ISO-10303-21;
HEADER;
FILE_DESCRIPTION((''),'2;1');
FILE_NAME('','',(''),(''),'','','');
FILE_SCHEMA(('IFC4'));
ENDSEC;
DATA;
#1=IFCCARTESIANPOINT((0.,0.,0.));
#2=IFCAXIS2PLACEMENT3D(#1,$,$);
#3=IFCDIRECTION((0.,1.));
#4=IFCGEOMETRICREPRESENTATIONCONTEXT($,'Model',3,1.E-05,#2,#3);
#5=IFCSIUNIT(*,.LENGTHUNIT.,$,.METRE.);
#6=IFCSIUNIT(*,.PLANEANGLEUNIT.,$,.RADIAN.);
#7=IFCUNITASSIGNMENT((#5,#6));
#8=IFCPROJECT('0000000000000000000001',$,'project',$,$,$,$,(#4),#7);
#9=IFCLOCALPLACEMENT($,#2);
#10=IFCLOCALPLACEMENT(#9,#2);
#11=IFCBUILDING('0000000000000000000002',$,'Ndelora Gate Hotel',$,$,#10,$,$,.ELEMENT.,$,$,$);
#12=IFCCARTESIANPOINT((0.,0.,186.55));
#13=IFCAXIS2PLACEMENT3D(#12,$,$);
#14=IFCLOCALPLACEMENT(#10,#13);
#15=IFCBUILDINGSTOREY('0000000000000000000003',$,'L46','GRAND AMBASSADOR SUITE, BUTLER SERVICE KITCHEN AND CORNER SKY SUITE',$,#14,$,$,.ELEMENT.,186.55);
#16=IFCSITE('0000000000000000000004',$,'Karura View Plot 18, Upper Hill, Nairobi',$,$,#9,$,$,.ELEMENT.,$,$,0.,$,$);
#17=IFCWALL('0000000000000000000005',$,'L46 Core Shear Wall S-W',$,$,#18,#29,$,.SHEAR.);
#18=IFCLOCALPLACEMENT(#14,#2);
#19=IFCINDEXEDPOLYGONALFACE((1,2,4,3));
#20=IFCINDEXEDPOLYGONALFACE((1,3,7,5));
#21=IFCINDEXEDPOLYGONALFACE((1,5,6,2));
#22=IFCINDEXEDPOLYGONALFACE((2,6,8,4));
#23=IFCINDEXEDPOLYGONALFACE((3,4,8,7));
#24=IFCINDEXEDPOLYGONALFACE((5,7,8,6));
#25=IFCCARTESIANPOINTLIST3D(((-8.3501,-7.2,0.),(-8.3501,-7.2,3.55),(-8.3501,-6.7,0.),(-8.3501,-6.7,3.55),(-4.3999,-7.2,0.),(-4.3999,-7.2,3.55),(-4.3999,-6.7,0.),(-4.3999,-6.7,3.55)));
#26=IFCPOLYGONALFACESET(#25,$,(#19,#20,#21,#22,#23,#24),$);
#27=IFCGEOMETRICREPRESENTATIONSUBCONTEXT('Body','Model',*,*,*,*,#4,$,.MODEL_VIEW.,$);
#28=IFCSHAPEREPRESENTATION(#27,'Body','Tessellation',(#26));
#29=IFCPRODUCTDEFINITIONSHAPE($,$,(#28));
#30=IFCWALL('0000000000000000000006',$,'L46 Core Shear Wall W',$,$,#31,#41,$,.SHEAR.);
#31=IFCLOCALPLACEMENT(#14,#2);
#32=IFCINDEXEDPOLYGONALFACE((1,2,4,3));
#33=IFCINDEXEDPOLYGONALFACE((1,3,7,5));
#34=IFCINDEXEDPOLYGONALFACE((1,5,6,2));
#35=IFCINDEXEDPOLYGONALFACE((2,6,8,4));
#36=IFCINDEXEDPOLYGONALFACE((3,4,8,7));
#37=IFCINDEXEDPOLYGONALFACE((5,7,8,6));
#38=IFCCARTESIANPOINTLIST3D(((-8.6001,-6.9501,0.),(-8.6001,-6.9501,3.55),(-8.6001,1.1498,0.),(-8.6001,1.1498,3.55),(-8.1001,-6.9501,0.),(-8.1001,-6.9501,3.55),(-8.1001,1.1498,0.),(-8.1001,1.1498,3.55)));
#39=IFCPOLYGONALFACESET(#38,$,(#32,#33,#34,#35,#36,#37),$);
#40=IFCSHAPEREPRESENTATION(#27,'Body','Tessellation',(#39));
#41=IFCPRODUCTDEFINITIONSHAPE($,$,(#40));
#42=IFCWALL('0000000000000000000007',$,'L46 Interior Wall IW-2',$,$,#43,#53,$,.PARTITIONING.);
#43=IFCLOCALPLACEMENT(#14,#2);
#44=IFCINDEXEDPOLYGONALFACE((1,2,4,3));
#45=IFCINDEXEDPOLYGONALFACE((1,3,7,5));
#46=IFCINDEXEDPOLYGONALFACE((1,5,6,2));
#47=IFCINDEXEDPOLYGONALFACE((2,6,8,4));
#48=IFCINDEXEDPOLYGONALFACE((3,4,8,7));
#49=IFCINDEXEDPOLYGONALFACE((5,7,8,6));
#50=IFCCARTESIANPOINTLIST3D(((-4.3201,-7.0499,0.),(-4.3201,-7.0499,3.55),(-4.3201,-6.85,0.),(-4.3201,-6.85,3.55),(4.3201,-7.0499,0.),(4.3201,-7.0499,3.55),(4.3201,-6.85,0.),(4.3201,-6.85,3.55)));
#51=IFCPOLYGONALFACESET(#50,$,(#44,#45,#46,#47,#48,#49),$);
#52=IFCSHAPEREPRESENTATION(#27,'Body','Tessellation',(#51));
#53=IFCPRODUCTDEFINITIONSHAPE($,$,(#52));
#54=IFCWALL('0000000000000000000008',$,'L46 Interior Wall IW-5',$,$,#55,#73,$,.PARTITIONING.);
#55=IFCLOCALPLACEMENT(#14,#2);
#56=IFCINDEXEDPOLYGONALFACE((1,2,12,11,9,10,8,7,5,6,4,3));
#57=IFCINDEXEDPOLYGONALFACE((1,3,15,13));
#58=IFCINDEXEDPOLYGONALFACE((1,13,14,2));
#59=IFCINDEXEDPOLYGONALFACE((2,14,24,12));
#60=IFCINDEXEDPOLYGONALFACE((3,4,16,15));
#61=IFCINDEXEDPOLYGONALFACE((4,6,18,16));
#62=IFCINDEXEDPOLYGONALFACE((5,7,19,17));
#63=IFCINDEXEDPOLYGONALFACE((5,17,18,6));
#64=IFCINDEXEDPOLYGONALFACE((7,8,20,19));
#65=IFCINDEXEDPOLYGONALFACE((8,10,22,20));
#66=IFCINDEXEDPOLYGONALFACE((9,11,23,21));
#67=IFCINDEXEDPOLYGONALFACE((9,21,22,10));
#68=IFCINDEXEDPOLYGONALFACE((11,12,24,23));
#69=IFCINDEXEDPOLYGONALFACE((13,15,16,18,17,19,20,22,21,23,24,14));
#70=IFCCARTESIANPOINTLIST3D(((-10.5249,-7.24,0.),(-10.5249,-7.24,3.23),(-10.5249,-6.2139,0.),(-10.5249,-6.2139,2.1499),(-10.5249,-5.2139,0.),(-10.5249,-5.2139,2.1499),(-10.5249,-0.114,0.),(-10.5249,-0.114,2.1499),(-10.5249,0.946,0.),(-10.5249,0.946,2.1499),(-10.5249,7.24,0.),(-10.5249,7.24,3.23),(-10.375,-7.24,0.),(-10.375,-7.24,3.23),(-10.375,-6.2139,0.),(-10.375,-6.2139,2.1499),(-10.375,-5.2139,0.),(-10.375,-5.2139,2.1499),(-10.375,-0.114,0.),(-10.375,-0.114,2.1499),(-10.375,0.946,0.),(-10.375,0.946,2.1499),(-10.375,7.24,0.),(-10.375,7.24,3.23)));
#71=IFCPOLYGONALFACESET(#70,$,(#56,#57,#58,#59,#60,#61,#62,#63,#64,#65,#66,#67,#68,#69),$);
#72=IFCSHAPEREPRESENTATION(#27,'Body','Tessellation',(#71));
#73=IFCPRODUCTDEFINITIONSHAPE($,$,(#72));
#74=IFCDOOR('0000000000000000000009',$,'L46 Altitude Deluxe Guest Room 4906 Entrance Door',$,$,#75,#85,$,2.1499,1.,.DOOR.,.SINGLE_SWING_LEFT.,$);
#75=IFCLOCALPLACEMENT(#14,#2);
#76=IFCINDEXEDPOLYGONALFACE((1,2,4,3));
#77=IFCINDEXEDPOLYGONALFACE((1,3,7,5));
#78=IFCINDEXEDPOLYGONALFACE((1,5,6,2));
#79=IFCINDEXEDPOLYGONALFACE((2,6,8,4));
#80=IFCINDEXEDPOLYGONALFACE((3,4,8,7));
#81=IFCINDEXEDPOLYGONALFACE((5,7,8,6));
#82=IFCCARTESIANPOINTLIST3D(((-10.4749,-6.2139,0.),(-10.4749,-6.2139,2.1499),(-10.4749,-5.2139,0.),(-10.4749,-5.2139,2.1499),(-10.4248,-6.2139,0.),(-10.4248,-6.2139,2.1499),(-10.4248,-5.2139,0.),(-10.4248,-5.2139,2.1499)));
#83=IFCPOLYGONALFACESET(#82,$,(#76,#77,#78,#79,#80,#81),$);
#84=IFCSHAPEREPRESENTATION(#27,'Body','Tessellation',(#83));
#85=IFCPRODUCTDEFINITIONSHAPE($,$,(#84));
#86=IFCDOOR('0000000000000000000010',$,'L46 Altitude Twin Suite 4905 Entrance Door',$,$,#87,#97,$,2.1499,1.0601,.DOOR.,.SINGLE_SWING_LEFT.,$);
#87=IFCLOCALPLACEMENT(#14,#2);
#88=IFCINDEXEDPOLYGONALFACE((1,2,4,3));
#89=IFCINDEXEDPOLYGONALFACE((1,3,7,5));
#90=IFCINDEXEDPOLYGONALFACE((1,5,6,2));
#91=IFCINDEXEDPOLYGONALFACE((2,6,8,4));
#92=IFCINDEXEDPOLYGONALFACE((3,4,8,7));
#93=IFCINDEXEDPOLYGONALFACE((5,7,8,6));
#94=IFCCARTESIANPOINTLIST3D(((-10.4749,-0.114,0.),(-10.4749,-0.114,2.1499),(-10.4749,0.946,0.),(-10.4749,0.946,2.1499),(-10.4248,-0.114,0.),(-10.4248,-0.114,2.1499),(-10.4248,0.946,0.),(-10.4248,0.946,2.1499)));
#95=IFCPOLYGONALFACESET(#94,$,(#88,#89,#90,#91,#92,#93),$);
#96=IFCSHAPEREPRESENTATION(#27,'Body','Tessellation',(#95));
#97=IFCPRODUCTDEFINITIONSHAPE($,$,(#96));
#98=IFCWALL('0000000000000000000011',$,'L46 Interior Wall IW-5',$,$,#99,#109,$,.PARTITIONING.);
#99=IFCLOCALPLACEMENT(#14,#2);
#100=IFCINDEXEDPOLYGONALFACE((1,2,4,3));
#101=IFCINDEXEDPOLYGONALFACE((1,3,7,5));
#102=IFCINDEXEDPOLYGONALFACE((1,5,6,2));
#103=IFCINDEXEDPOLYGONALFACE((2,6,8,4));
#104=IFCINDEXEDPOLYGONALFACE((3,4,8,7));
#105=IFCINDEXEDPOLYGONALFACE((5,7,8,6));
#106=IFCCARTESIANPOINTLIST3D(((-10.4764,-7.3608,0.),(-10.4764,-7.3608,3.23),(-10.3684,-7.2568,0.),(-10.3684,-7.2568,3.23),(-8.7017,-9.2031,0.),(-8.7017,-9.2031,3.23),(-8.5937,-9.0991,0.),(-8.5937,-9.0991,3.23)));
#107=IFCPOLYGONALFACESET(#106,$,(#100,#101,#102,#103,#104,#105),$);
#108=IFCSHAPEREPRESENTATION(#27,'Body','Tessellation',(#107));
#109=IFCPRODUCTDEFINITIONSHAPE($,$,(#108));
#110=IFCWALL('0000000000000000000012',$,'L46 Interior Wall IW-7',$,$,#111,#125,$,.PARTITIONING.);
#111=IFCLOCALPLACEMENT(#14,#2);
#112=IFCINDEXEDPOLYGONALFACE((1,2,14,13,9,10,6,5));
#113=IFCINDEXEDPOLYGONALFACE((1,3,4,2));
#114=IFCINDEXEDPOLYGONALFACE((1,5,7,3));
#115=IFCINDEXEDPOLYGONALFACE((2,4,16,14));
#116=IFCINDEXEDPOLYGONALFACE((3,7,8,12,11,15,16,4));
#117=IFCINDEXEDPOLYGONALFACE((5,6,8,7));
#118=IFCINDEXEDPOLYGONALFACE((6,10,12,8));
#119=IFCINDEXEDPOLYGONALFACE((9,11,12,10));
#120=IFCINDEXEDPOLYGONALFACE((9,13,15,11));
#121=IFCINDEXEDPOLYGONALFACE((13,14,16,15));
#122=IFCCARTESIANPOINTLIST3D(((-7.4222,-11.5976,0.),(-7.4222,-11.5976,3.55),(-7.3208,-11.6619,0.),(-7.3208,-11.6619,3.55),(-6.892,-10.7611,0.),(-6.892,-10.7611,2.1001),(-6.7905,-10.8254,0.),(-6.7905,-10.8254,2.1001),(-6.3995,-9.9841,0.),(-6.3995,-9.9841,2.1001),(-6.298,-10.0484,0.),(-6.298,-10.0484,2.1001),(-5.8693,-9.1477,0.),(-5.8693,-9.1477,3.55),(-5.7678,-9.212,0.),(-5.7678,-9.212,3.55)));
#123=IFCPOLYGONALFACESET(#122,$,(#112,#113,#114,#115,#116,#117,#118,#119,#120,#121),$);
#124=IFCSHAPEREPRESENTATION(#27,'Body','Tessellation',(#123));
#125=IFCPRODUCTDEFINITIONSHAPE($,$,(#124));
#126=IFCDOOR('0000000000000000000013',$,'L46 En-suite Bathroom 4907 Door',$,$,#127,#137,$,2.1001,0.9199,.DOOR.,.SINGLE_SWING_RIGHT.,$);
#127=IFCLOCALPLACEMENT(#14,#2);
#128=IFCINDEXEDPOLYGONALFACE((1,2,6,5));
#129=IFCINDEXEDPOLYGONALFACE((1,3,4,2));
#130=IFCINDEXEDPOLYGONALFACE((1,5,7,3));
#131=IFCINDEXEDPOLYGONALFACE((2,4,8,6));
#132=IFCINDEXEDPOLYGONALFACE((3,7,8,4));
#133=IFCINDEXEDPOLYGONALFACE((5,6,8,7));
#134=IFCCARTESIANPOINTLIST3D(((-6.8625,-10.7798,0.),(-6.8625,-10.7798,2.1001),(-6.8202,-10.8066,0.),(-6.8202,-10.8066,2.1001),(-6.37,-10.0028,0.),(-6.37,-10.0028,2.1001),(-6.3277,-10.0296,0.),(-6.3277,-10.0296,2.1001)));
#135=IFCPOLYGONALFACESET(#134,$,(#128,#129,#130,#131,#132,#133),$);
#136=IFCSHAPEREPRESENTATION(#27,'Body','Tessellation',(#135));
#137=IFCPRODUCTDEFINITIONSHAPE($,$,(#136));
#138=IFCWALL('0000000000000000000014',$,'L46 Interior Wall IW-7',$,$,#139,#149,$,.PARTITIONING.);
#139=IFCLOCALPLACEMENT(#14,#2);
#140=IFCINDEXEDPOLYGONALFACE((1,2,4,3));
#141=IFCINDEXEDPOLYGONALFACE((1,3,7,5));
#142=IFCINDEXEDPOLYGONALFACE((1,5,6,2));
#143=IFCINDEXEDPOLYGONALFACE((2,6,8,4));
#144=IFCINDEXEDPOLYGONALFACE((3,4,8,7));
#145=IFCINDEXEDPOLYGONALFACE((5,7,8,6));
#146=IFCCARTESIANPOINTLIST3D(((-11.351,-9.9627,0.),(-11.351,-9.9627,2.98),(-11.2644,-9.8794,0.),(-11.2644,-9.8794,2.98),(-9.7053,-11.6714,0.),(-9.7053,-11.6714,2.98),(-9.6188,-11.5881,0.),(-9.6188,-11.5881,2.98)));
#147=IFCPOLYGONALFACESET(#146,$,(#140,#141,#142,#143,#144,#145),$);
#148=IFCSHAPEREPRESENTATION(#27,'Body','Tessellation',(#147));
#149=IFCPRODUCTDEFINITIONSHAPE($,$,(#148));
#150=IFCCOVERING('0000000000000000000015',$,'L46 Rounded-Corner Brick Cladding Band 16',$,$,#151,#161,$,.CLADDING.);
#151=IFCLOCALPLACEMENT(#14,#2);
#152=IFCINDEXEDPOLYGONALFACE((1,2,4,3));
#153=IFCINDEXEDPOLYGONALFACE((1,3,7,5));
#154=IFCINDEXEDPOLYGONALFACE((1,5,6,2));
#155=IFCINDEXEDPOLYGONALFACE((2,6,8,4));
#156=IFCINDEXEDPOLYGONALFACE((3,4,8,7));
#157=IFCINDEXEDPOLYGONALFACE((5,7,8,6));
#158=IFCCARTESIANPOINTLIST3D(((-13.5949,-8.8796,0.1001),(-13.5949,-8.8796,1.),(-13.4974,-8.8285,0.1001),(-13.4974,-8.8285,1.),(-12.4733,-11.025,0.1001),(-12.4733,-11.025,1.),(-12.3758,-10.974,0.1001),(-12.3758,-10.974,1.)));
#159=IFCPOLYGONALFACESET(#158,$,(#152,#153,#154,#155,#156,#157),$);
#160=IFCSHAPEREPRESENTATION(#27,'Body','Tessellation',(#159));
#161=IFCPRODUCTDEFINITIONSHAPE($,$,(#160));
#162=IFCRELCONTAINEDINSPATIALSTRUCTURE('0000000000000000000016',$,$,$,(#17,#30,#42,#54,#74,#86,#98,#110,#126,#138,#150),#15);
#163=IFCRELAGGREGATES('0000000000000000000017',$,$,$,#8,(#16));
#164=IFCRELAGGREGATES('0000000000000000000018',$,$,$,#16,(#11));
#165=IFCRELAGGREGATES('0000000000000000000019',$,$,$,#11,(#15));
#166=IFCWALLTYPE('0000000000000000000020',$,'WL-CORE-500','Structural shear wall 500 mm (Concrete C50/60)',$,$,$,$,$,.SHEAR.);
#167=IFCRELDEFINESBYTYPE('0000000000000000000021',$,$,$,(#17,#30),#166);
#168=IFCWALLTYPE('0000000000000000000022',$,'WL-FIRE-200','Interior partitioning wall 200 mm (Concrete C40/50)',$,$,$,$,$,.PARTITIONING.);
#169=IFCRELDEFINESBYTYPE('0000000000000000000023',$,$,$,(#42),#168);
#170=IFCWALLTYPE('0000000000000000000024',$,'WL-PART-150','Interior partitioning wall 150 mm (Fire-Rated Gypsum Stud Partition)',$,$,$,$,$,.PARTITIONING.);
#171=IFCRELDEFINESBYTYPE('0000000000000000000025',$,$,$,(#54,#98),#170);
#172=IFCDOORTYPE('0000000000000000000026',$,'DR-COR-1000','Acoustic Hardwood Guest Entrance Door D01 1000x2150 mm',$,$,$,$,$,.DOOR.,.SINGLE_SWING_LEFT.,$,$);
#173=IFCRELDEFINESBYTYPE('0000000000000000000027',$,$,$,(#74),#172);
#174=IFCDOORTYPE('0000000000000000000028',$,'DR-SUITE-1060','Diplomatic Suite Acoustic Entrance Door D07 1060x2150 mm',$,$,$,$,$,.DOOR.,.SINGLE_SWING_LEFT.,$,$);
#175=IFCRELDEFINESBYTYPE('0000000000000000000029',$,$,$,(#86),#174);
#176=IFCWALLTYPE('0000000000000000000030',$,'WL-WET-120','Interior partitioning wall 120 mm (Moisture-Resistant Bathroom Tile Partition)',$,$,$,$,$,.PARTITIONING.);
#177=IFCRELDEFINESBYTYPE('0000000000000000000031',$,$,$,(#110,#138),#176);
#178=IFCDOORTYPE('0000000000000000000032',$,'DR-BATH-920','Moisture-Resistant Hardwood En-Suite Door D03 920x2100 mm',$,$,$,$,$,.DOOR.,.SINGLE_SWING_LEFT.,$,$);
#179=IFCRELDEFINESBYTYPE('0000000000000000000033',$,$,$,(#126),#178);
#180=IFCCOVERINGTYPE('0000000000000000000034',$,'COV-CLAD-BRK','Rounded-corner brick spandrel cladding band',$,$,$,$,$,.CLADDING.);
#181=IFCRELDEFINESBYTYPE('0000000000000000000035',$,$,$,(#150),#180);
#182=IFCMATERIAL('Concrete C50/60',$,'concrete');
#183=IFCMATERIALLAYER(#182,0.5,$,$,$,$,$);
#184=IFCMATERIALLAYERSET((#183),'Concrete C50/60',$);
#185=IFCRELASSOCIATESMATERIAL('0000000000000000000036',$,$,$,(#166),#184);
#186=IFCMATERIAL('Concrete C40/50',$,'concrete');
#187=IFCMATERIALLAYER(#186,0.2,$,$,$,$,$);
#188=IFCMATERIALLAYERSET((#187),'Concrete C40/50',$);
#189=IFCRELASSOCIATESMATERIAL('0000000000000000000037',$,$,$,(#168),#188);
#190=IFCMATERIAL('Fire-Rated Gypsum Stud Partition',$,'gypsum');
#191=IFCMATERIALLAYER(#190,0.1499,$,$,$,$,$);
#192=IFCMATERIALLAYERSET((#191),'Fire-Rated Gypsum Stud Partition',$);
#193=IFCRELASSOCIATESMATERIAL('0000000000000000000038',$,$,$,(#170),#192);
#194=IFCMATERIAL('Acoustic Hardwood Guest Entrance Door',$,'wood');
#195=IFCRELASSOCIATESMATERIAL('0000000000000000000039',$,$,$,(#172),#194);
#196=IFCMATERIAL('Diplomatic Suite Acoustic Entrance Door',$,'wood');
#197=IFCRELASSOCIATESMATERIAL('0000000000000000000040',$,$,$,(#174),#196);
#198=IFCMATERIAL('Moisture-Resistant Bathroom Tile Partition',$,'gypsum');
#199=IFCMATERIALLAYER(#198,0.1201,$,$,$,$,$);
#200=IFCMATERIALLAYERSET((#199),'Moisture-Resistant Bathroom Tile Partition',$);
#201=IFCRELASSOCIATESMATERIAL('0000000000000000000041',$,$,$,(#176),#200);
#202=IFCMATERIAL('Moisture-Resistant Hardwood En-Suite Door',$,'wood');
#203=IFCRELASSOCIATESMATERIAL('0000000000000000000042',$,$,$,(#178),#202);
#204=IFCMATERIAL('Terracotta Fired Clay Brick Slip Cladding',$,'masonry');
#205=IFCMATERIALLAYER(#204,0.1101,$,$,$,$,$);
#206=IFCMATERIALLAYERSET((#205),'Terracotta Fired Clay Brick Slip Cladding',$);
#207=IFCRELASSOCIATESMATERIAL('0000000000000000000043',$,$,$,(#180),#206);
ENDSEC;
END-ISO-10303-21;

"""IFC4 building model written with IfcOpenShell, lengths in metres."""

from ifc_helpers import new_model, si_unit, direction, frame, frame_2d, origin, origin_2d, place, context, subcontext, project, spatial, rectangle, extrude, material, layer, layer_set, type_object, element, fill, save


model = new_model("IFC4")

# Units and contexts
model_context = context("Model", 3, precision=1e-05, world=origin(), true_north=direction((0.0, 1.0)))
body_context = subcontext(model_context, "Body", "Model", "MODEL_VIEW")
ifc_project = project(units=[si_unit("LENGTHUNIT", "METRE"), si_unit("PLANEANGLEUNIT", "RADIAN")], contexts=[model_context])

# Site, building, storey
site_placement = place(None, origin())
site = spatial("IfcSite", under=ifc_project, at=site_placement, Name="Karura View Plot 18, Upper Hill, Nairobi", CompositionType="ELEMENT", RefElevation=0.0)
building_placement = place(site_placement, origin())
building = spatial("IfcBuilding", under=site, at=building_placement, Name="Ndelora Gate Hotel", CompositionType="ELEMENT")
storey_placement = place(building_placement, frame((0.0, 0.0, 186.55)))
storey = spatial("IfcBuildingStorey", under=building, at=storey_placement, Name="L46", Description="GRAND AMBASSADOR SUITE, BUTLER SERVICE KITCHEN AND CORNER SKY SUITE", CompositionType="ELEMENT", Elevation=186.55)

# Shared definitions
ifc_material_1 = material(Name="Concrete C50/60", Category="concrete")

# Walls
ifc_layer_1 = layer(ifc_material_1, 0.5)
ifc_layer_set_1 = layer_set([ifc_layer_1], Name="Concrete C50/60")
wall_type_1 = type_object("IfcWallType", Name="WL-CORE-500", Description="Structural shear wall 500 mm (Concrete C50/60)", PredefinedType="SHEAR", material=ifc_layer_set_1)
wall_1_placement = place(storey_placement, frame((-8.3501, -6.95, 0.0), z_axis=(0.0, 0.0, 1.0), x_axis=(1.0, 0.0, 0.0)))
element("IfcWall", 1, at=wall_1_placement, inside=storey, type_object=wall_type_1, Name="L46 Core Shear Wall S-W", PredefinedType="SHEAR", context=body_context, shape_type="SweptSolid", body=[
    extrude(rectangle(XDim=3.9502, YDim=0.5, at=frame_2d((1.9751, 0.0))), origin(), (0.0, 0.0, 1.0), 3.55),
])
wall_2_placement = place(storey_placement, frame((-8.3501, -6.95, 0.0), z_axis=(0.0, 0.0, 1.0), x_axis=(0.0, 1.0, 0.0)))
element("IfcWall", 2, at=wall_2_placement, inside=storey, type_object=wall_type_1, Name="L46 Core Shear Wall W", PredefinedType="SHEAR", context=body_context, shape_type="SweptSolid", body=[
    extrude(rectangle(XDim=8.0999, YDim=0.5, at=frame_2d((4.0498, 0.0))), origin(), (0.0, 0.0, 1.0), 3.55),
])
ifc_material_2 = material(Name="Concrete C40/50", Category="concrete")
ifc_layer_2 = layer(ifc_material_2, 0.2)
ifc_layer_set_2 = layer_set([ifc_layer_2], Name="Concrete C40/50")
wall_type_2 = type_object("IfcWallType", Name="WL-FIRE-200", Description="Interior partitioning wall 200 mm (Concrete C40/50)", PredefinedType="PARTITIONING", material=ifc_layer_set_2)
wall_3_placement = place(storey_placement, frame((-4.3201, -6.95, 0.0), z_axis=(0.0, 0.0, 1.0), x_axis=(1.0, 0.0, 0.0)))
element("IfcWall", 3, at=wall_3_placement, inside=storey, type_object=wall_type_2, Name="L46 Interior Wall IW-2", PredefinedType="PARTITIONING", context=body_context, shape_type="SweptSolid", body=[
    extrude(rectangle(XDim=8.6401, YDim=0.2, at=frame_2d((4.3201, 0.0))), origin(), (0.0, 0.0, 1.0), 3.55),
])

# Wall, openings, doors
ifc_material_3 = material(Name="Fire-Rated Gypsum Stud Partition", Category="gypsum")
ifc_layer_3 = layer(ifc_material_3, 0.1499)
ifc_layer_set_3 = layer_set([ifc_layer_3], Name="Fire-Rated Gypsum Stud Partition")
wall_type_3 = type_object("IfcWallType", Name="WL-PART-150", Description="Interior partitioning wall 150 mm (Fire-Rated Gypsum Stud Partition)", PredefinedType="PARTITIONING", material=ifc_layer_set_3)
wall_4_placement = place(storey_placement, frame((-10.45, -7.24, 0.0), z_axis=(0.0, 0.0, 1.0), x_axis=(0.0, 1.0, 0.0)))
wall_4 = element("IfcWall", 4, at=wall_4_placement, inside=storey, type_object=wall_type_3, Name="L46 Interior Wall IW-5", PredefinedType="PARTITIONING", context=body_context, shape_type="SweptSolid", body=[
    extrude(rectangle(XDim=14.48, YDim=0.1499, at=frame_2d((7.24, 0.0))), origin(), (0.0, 0.0, 1.0), 3.23),
])
opening_1_placement = place(wall_4_placement, frame((1.0261, 0.0, 0.0)))
opening_1 = element("IfcOpeningElement", 5, at=opening_1_placement, cuts=wall_4, PredefinedType="OPENING", context=body_context, shape_type="SweptSolid", body=[
    extrude(rectangle(XDim=1.0, YDim=2.1499, at=frame_2d((0.5, 1.075))), frame((0.0, 0.085, 0.0), z_axis=(0.0, -1.0, 0.0), x_axis=(1.0, 0.0, 0.0)), (0.0, 0.0, 1.0), 0.1699),
])
opening_2_placement = place(wall_4_placement, frame((7.126, 0.0, 0.0)))
opening_2 = element("IfcOpeningElement", 6, at=opening_2_placement, cuts=wall_4, PredefinedType="OPENING", context=body_context, shape_type="SweptSolid", body=[
    extrude(rectangle(XDim=1.0601, YDim=2.1499, at=frame_2d((0.53, 1.075))), frame((0.0, 0.085, 0.0), z_axis=(0.0, -1.0, 0.0), x_axis=(1.0, 0.0, 0.0)), (0.0, 0.0, 1.0), 0.1699),
])
ifc_material_4 = material(Name="Acoustic Hardwood Guest Entrance Door", Category="wood")
door_type_1 = type_object("IfcDoorType", Name="DR-COR-1000", Description="Acoustic Hardwood Guest Entrance Door D01 1000x2150 mm", OperationType="SINGLE_SWING_LEFT", PredefinedType="DOOR", material=ifc_material_4)
door_1_placement = place(opening_1_placement, origin())
door_1 = element("IfcDoor", 7, at=door_1_placement, inside=storey, type_object=door_type_1, Name="L46 Altitude Deluxe Guest Room 4906 Entrance Door", OperationType="SINGLE_SWING_LEFT", OverallHeight=2.1499, OverallWidth=1.0, PredefinedType="DOOR", context=body_context, shape_type="SweptSolid", body=[
    extrude(rectangle(XDim=1.0, YDim=2.1499, at=frame_2d((0.5, 1.075))), frame((0.0, 0.0249, 0.0), z_axis=(0.0, -1.0, 0.0), x_axis=(1.0, 0.0, 0.0)), (0.0, 0.0, 1.0), 0.05),
])
fill(opening_1, door_1)
ifc_material_5 = material(Name="Diplomatic Suite Acoustic Entrance Door", Category="wood")
door_type_2 = type_object("IfcDoorType", Name="DR-SUITE-1060", Description="Diplomatic Suite Acoustic Entrance Door D07 1060x2150 mm", OperationType="SINGLE_SWING_LEFT", PredefinedType="DOOR", material=ifc_material_5)
door_2_placement = place(opening_2_placement, origin())
door_2 = element("IfcDoor", 8, at=door_2_placement, inside=storey, type_object=door_type_2, Name="L46 Altitude Twin Suite 4905 Entrance Door", OperationType="SINGLE_SWING_LEFT", OverallHeight=2.1499, OverallWidth=1.0601, PredefinedType="DOOR", context=body_context, shape_type="SweptSolid", body=[
    extrude(rectangle(XDim=1.0601, YDim=2.1499, at=frame_2d((0.53, 1.075))), frame((0.0, 0.0249, 0.0), z_axis=(0.0, -1.0, 0.0), x_axis=(1.0, 0.0, 0.0)), (0.0, 0.0, 1.0), 0.05),
])
fill(opening_2, door_2)

# Wall
wall_5_placement = place(storey_placement, frame((-8.6477, -9.1511, 0.0), z_axis=(0.0, 0.0, 1.0), x_axis=(-0.693765, 0.720202, 0.0)))
element("IfcWall", 9, at=wall_5_placement, inside=storey, type_object=wall_type_3, Name="L46 Interior Wall IW-5", PredefinedType="PARTITIONING", context=body_context, shape_type="SweptSolid", body=[
    extrude(rectangle(XDim=2.5581, YDim=0.1499, at=frame_2d((1.2791, 0.0))), origin(), (0.0, 0.0, 1.0), 3.23),
])

# Wall, opening, door
ifc_material_6 = material(Name="Moisture-Resistant Bathroom Tile Partition", Category="gypsum")
ifc_layer_4 = layer(ifc_material_6, 0.1201)
ifc_layer_set_4 = layer_set([ifc_layer_4], Name="Moisture-Resistant Bathroom Tile Partition")
wall_type_4 = type_object("IfcWallType", Name="WL-WET-120", Description="Interior partitioning wall 120 mm (Moisture-Resistant Bathroom Tile Partition)", PredefinedType="PARTITIONING", material=ifc_layer_set_4)
wall_6_placement = place(storey_placement, frame((-5.8186, -9.1799, 0.0), z_axis=(0.0, 0.0, 1.0), x_axis=(-0.535382, -0.84461, 0.0)))
wall_6 = element("IfcWall", 10, at=wall_6_placement, inside=storey, type_object=wall_type_4, Name="L46 Interior Wall IW-7", PredefinedType="PARTITIONING", context=body_context, shape_type="SweptSolid", body=[
    extrude(rectangle(XDim=2.9006, YDim=0.1201, at=frame_2d((1.4502, 0.0))), origin(), (0.0, 0.0, 1.0), 3.55),
])
opening_3_placement = place(wall_6_placement, frame((0.9902, 0.0, 0.0)))
opening_3 = element("IfcOpeningElement", 11, at=opening_3_placement, cuts=wall_6, PredefinedType="OPENING", context=body_context, shape_type="SweptSolid", body=[
    extrude(rectangle(XDim=0.9199, YDim=2.1001, at=frame_2d((0.46, 1.05))), frame((0.0, 0.0701, 0.0), z_axis=(0.0, -1.0, 0.0), x_axis=(1.0, 0.0, 0.0)), (0.0, 0.0, 1.0), 0.1401),
])
ifc_material_7 = material(Name="Moisture-Resistant Hardwood En-Suite Door", Category="wood")
door_type_3 = type_object("IfcDoorType", Name="DR-BATH-920", Description="Moisture-Resistant Hardwood En-Suite Door D03 920x2100 mm", OperationType="SINGLE_SWING_LEFT", PredefinedType="DOOR", material=ifc_material_7)
door_3_placement = place(opening_3_placement, origin())
door_3 = element("IfcDoor", 12, at=door_3_placement, inside=storey, type_object=door_type_3, Name="L46 En-suite Bathroom 4907 Door", OperationType="SINGLE_SWING_RIGHT", OverallHeight=2.1001, OverallWidth=0.9199, PredefinedType="DOOR", context=body_context, shape_type="SweptSolid", body=[
    extrude(rectangle(XDim=0.9199, YDim=2.1001, at=frame_2d((0.46, 1.05))), frame((0.0, 0.0249, 0.0), z_axis=(0.0, -1.0, 0.0), x_axis=(1.0, 0.0, 0.0)), (0.0, 0.0, 1.0), 0.05),
])
fill(opening_3, door_3)

# Wall
wall_7_placement = place(storey_placement, frame((-11.3076, -9.9211, 0.0), z_axis=(0.0, 0.0, 1.0), x_axis=(0.693707, -0.720257, 0.0)))
element("IfcWall", 13, at=wall_7_placement, inside=storey, type_object=wall_type_4, Name="L46 Interior Wall IW-7", PredefinedType="PARTITIONING", context=body_context, shape_type="SweptSolid", body=[
    extrude(rectangle(XDim=2.3723, YDim=0.1201, at=frame_2d((1.186, 0.0))), origin(), (0.0, 0.0, 1.0), 2.98),
])

# Covering
ifc_material_8 = material(Name="Terracotta Fired Clay Brick Slip Cladding", Category="masonry")
ifc_layer_5 = layer(ifc_material_8, 0.1101)
ifc_layer_set_5 = layer_set([ifc_layer_5], Name="Terracotta Fired Clay Brick Slip Cladding")
covering_type_1 = type_object("IfcCoveringType", Name="COV-CLAD-BRK", Description="Rounded-corner brick spandrel cladding band", PredefinedType="CLADDING", material=ifc_layer_set_5)
covering_1_placement = place(storey_placement, frame((-12.9854, -9.9268, 0.1001), z_axis=(0.0, 0.0, 1.0), x_axis=(-0.463296, 0.886204, 0.0)))
element("IfcCovering", 14, at=covering_1_placement, inside=storey, type_object=covering_type_1, Name="L46 Rounded-Corner Brick Cladding Band 16", PredefinedType="CLADDING", context=body_context, shape_type="SweptSolid", body=[
    extrude(rectangle(XDim=2.4209, YDim=0.1101, at=origin_2d()), origin(), (0.0, 0.0, 1.0), 0.8999),
])

save(model, "model.ifc")
